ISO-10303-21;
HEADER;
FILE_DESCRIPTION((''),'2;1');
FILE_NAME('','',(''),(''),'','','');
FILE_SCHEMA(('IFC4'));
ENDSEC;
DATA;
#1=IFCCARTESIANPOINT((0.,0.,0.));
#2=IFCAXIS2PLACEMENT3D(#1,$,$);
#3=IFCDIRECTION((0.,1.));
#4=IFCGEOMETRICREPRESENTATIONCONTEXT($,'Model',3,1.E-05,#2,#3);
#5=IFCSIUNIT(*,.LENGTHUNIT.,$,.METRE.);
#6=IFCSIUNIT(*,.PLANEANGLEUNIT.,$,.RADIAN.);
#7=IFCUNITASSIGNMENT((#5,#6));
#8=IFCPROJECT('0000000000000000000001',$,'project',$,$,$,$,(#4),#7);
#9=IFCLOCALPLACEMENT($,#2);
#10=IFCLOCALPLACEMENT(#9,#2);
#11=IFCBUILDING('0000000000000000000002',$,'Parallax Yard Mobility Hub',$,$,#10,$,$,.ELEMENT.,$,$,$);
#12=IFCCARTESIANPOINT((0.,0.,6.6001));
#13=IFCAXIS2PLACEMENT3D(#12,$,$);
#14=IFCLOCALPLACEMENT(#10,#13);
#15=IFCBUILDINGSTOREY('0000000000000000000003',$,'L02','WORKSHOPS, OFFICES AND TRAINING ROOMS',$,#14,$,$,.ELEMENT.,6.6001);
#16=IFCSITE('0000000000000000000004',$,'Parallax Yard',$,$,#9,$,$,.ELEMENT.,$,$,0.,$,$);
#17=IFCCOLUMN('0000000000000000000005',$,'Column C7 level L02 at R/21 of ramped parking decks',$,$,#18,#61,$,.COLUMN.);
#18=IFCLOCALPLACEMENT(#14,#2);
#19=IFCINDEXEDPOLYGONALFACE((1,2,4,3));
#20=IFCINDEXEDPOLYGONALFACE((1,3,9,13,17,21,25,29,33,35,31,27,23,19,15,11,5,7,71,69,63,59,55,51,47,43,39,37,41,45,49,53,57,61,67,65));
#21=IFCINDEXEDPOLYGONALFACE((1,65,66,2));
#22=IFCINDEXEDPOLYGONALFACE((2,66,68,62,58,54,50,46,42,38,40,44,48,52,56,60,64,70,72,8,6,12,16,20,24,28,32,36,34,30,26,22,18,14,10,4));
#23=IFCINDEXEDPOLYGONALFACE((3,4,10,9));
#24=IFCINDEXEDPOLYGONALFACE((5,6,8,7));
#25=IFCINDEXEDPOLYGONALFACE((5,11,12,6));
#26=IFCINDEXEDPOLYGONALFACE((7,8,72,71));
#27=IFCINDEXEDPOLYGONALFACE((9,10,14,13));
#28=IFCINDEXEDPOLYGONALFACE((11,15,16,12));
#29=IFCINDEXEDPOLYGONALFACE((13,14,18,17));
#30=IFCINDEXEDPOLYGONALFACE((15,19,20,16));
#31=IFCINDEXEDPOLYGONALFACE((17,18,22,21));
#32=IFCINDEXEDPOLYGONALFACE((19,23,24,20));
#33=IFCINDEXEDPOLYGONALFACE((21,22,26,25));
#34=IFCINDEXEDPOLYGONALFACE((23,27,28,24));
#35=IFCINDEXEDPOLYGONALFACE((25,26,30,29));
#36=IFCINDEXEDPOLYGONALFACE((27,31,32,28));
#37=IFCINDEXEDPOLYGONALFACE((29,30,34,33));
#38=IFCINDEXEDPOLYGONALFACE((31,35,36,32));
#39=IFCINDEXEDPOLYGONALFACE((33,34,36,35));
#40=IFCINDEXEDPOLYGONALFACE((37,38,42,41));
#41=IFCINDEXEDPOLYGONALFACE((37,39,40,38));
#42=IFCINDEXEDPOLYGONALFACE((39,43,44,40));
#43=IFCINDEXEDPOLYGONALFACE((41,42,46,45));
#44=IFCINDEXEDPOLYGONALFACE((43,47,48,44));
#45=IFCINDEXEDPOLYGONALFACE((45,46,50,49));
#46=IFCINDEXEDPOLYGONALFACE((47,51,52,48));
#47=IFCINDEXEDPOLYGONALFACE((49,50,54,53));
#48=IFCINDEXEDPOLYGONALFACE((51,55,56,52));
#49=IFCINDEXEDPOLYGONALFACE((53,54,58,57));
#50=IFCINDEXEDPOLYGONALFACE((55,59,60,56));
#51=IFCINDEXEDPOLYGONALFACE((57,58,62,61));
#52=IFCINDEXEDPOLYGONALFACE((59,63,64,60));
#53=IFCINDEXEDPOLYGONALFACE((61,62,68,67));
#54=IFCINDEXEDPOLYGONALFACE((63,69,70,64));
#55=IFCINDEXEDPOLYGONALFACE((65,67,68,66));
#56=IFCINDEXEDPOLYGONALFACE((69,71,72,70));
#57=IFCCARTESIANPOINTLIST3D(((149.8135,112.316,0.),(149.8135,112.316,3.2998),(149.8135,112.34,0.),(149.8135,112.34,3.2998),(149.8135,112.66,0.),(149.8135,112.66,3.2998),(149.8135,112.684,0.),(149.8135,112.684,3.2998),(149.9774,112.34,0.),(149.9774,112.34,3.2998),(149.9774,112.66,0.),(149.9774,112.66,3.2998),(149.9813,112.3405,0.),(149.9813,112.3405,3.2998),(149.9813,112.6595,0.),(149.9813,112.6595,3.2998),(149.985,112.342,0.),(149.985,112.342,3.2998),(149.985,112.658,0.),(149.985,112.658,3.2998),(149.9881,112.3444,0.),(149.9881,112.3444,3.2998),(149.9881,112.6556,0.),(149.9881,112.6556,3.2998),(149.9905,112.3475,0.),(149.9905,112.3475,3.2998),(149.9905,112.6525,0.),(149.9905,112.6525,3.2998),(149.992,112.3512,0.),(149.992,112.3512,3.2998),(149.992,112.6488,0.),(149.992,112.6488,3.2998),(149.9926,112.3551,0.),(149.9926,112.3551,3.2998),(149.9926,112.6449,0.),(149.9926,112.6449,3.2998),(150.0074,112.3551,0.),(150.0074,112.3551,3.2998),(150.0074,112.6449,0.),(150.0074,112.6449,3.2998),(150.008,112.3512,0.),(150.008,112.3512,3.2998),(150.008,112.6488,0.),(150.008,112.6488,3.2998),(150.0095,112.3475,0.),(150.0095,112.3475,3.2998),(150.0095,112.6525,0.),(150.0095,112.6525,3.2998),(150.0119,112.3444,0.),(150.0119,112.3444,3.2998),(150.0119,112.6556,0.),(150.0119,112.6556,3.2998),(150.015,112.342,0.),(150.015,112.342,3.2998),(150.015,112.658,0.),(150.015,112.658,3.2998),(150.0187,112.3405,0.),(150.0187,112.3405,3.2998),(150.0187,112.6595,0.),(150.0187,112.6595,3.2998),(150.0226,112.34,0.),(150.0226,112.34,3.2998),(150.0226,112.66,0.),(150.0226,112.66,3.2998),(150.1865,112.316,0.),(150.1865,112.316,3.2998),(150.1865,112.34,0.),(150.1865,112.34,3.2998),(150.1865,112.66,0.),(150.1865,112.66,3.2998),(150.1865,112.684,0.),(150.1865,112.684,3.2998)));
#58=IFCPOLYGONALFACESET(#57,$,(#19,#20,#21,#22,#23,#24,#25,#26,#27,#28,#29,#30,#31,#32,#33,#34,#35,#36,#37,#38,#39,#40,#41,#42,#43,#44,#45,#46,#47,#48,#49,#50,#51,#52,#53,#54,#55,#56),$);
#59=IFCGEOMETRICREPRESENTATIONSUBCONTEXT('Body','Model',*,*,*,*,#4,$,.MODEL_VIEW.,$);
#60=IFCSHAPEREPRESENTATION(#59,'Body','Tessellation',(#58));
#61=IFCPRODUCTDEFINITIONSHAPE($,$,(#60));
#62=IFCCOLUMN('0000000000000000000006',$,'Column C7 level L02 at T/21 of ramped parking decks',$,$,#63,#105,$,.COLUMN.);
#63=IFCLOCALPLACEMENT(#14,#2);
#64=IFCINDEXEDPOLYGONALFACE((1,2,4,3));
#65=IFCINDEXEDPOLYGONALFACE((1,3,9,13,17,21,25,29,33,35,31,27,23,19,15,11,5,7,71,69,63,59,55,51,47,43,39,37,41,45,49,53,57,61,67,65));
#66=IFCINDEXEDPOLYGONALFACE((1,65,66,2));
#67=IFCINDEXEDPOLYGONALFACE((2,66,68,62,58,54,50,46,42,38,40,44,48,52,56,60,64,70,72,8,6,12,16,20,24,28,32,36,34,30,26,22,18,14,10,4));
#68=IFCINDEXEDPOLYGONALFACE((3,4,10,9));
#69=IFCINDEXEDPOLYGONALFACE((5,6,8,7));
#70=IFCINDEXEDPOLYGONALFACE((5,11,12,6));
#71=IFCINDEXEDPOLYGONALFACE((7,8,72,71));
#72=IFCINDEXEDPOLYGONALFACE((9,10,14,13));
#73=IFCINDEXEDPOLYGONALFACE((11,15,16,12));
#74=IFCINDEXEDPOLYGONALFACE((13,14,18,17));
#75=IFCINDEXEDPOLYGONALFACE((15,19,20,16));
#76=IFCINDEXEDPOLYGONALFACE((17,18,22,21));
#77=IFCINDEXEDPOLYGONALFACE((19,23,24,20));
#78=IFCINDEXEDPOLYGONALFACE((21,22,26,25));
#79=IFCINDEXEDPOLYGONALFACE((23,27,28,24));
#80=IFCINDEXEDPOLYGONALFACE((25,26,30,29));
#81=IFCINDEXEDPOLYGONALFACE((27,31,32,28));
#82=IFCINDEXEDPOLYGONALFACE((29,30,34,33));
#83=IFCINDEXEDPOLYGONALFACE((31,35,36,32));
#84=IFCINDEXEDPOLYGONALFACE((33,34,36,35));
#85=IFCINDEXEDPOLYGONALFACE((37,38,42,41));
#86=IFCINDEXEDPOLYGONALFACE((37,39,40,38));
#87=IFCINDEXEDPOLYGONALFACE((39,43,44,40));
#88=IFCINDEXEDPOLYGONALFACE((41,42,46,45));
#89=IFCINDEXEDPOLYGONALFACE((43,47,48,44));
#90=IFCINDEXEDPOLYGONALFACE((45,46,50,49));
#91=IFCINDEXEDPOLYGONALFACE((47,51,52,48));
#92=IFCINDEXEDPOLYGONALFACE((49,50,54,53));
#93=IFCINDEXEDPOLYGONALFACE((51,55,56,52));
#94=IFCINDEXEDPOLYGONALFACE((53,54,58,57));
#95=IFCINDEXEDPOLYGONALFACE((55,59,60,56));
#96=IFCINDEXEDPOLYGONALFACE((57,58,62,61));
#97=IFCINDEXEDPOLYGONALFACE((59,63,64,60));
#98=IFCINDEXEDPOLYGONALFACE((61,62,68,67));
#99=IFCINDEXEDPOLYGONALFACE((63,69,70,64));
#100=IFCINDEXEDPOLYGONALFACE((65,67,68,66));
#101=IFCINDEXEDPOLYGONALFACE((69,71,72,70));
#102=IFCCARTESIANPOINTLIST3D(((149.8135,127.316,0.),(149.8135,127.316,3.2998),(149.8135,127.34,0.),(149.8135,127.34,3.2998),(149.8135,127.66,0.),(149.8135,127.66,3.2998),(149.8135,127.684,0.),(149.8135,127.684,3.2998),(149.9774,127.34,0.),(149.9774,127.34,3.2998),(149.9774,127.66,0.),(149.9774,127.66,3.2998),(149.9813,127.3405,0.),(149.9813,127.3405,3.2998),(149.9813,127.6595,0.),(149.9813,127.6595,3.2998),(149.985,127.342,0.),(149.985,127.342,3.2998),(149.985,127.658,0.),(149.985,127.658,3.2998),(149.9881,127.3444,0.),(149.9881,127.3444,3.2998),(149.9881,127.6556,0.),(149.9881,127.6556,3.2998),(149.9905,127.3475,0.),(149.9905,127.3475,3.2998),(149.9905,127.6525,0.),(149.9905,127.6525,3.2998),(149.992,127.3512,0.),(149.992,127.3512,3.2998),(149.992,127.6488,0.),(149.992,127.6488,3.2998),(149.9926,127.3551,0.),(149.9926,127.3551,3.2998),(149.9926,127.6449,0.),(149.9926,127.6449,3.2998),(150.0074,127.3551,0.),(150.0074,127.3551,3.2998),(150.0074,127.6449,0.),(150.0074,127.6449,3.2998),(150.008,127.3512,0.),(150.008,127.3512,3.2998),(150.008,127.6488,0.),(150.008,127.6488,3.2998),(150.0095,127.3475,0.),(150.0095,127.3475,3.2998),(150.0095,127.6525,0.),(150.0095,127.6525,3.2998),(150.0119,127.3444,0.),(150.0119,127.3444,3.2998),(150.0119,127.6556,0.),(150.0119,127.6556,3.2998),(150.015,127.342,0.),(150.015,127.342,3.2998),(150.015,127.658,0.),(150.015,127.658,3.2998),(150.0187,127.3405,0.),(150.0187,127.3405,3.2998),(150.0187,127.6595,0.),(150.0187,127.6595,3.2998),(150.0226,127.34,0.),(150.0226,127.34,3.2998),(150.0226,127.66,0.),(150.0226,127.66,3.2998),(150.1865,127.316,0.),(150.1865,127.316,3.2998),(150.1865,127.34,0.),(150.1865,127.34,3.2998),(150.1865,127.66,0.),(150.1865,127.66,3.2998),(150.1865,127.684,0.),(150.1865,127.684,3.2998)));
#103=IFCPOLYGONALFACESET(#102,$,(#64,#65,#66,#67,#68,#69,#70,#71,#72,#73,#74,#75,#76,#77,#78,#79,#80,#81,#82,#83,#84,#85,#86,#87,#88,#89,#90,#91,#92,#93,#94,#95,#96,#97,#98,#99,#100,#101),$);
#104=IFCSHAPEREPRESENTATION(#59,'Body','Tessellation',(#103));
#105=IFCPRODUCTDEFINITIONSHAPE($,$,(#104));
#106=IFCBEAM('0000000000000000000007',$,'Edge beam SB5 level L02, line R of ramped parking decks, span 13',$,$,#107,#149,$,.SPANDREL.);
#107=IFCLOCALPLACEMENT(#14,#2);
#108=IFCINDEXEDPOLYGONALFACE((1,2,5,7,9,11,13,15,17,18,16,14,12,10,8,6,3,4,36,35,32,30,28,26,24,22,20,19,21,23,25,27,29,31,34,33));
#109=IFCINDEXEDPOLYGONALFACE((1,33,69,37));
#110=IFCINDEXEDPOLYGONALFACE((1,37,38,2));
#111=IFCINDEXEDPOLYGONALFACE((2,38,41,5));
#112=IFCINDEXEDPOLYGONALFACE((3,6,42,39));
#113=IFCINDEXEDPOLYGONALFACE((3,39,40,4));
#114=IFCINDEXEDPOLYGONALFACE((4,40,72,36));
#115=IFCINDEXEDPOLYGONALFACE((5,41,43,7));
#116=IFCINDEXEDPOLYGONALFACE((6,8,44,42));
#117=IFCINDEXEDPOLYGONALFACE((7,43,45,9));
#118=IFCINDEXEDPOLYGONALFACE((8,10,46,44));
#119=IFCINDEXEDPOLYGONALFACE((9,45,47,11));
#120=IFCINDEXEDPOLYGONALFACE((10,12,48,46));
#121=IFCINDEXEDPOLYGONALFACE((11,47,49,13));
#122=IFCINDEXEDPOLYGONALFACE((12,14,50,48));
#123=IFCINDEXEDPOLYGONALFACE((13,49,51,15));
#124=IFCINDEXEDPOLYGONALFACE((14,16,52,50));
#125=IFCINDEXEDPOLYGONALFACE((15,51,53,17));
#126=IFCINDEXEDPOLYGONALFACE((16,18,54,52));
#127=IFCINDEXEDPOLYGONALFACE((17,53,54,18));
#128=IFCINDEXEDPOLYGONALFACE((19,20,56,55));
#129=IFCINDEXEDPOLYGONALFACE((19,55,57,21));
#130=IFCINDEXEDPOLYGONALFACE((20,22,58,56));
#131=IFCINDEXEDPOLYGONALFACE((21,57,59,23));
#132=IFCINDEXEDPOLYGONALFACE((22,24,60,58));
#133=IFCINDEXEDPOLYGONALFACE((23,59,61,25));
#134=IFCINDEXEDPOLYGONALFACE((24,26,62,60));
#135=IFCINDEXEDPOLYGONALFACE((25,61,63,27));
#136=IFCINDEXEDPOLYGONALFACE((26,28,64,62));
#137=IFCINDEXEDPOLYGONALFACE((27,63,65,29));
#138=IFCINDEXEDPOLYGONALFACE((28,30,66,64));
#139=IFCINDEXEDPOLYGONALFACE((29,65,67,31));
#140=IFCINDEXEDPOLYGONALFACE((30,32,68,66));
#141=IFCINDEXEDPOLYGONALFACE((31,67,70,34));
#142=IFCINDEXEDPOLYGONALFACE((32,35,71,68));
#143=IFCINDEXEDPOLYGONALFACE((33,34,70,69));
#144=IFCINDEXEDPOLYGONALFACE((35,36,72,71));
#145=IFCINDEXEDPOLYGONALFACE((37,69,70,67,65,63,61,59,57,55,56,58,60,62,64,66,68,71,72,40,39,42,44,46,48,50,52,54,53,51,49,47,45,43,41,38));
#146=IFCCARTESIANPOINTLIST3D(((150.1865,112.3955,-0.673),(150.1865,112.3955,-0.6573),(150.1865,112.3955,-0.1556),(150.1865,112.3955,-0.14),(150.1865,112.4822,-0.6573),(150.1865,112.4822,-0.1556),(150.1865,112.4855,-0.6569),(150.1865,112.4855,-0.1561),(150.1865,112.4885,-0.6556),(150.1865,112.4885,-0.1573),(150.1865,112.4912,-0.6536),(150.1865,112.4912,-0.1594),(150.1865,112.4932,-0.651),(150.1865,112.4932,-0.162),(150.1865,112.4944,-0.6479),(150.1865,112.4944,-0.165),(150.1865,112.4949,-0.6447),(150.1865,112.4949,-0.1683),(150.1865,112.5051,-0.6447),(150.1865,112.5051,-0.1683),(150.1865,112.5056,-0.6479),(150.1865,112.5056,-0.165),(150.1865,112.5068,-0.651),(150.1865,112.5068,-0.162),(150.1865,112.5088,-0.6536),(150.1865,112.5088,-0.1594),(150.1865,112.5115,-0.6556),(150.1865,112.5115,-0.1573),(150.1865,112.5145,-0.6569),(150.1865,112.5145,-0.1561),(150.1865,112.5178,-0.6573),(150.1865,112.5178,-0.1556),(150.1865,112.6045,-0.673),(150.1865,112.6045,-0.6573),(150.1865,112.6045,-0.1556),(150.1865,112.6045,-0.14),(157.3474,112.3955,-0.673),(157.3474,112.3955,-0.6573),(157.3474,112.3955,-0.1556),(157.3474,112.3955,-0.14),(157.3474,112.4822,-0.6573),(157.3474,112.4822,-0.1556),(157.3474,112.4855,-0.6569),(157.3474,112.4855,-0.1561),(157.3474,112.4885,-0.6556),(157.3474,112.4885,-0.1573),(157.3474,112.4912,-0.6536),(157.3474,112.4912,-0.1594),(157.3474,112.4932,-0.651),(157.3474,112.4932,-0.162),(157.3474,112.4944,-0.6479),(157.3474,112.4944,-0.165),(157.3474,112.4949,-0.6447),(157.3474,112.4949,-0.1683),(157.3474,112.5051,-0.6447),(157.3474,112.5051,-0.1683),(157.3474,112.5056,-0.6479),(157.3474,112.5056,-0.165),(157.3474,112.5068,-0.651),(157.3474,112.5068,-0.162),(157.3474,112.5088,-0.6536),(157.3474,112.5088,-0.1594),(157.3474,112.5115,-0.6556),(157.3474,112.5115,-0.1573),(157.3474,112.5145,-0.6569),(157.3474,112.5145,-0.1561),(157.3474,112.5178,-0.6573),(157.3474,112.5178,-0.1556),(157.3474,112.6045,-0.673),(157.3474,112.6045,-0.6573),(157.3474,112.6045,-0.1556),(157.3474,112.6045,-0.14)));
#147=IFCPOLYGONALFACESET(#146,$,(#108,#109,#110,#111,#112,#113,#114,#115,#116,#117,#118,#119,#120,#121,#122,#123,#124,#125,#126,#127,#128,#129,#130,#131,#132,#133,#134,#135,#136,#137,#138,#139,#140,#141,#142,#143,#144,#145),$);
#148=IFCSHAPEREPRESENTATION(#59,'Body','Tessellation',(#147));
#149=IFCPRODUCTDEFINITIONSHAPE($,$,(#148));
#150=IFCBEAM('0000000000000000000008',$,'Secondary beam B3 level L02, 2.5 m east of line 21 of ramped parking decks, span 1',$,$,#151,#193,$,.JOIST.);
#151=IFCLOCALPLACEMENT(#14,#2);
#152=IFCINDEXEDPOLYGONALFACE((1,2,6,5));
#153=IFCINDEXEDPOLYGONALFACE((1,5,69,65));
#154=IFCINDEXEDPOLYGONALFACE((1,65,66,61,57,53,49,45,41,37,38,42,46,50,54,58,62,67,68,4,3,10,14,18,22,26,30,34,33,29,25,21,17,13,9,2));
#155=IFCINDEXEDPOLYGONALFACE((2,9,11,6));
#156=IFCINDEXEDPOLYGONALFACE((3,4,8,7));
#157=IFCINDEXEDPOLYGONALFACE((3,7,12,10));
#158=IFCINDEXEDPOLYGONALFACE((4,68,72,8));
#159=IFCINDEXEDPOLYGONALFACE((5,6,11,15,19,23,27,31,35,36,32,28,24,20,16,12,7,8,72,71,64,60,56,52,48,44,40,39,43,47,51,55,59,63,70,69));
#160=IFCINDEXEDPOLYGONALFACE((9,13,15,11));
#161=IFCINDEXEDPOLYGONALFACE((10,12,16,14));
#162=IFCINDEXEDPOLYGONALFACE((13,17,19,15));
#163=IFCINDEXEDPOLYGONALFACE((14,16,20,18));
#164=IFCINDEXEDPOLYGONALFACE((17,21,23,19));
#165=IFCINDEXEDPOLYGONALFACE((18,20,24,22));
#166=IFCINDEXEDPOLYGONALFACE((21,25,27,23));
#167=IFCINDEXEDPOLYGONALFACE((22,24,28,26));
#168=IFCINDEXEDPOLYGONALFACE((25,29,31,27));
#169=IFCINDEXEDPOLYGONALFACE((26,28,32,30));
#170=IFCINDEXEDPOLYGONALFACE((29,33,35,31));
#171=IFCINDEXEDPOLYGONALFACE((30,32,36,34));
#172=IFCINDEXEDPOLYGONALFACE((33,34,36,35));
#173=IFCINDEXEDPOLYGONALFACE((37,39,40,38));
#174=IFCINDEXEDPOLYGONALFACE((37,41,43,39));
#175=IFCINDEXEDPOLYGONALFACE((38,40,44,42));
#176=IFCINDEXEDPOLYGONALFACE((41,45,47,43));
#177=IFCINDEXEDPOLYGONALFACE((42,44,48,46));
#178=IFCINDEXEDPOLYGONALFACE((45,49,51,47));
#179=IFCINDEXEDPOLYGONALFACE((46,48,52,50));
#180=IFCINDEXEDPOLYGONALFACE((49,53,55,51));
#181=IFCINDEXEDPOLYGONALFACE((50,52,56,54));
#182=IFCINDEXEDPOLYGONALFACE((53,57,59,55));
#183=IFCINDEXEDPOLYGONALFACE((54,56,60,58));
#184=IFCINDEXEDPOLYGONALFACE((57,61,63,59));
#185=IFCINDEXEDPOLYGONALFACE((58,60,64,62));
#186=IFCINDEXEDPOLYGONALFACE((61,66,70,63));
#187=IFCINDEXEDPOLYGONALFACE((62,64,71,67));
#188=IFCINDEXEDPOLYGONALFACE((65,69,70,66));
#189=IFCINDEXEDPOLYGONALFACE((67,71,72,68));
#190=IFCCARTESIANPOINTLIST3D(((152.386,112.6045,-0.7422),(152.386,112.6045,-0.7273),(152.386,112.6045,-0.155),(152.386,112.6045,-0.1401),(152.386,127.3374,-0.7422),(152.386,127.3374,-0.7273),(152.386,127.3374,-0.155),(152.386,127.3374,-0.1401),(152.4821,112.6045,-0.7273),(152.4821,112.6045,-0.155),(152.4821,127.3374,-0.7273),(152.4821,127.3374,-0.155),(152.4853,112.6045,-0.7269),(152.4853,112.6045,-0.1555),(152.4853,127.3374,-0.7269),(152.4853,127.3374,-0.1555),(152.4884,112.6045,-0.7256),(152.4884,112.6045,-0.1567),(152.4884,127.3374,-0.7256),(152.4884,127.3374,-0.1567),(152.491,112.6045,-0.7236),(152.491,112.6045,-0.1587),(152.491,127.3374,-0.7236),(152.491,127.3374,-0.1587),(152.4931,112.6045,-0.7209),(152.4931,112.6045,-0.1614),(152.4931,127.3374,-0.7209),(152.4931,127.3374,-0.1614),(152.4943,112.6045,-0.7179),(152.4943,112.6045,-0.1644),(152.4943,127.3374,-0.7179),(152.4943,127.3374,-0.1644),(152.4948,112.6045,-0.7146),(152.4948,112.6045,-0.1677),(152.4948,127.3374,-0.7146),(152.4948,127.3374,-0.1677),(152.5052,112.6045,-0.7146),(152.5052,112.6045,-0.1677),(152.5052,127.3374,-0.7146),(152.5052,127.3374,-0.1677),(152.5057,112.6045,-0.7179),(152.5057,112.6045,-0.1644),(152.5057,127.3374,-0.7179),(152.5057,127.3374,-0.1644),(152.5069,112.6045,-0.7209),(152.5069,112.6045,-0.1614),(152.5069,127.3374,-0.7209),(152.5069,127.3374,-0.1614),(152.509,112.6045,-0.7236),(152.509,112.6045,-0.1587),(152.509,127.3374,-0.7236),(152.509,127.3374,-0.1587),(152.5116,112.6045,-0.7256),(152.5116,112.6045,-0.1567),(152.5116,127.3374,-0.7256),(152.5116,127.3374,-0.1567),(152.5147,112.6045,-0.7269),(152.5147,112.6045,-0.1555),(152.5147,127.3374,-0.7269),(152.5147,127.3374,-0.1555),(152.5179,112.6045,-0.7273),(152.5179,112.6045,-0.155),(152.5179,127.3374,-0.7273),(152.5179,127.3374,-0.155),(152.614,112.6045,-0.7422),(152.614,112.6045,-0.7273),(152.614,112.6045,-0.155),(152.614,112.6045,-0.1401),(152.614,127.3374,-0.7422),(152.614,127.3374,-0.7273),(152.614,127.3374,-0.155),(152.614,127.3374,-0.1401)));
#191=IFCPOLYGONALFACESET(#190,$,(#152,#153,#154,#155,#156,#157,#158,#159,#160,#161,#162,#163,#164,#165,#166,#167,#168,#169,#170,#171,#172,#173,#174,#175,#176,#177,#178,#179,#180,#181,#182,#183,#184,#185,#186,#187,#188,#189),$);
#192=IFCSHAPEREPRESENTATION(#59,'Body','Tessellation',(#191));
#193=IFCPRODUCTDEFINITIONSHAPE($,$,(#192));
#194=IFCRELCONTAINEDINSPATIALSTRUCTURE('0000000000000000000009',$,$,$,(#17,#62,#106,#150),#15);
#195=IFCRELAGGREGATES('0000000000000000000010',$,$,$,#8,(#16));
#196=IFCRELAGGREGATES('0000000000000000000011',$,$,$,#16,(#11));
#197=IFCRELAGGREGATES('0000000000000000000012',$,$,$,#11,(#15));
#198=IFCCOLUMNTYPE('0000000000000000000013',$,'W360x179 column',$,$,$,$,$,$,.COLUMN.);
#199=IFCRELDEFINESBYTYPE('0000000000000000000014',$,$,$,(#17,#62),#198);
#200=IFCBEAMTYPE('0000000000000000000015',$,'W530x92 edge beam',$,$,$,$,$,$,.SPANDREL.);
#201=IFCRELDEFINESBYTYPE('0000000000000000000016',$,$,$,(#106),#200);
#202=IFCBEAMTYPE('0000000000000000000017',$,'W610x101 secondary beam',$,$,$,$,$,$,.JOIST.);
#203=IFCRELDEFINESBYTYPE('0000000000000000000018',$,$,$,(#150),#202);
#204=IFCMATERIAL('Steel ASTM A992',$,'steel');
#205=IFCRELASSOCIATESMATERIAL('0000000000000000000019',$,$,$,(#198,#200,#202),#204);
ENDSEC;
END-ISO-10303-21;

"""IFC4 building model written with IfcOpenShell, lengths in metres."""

from ifc_helpers import new_model, si_unit, direction, frame, origin, origin_2d, place, context, subcontext, project, spatial, i_section, extrude, material, material_profile, profile_set, type_object, element, save


model = new_model("IFC4")

# Units and contexts
model_context = context("Model", 3, precision=1e-05, world=origin(), true_north=direction((0.0, 1.0)))
body_context = subcontext(model_context, "Body", "Model", "MODEL_VIEW")
ifc_project = project(units=[si_unit("LENGTHUNIT", "METRE"), si_unit("PLANEANGLEUNIT", "RADIAN")], contexts=[model_context])

# Site, building, storey
site_placement = place(None, origin())
site = spatial("IfcSite", under=ifc_project, at=site_placement, Name="Parallax Yard", CompositionType="ELEMENT", RefElevation=0.0)
building_placement = place(site_placement, origin())
building = spatial("IfcBuilding", under=site, at=building_placement, Name="Parallax Yard Mobility Hub", CompositionType="ELEMENT")
storey_placement = place(building_placement, frame((0.0, 0.0, 6.6001)))
storey = spatial("IfcBuildingStorey", under=building, at=storey_placement, Name="L02", Description="WORKSHOPS, OFFICES AND TRAINING ROOMS", CompositionType="ELEMENT", Elevation=6.6001)

# Columns
ifc_material_1 = material(Name="Steel ASTM A992", Category="steel")
ifc_material_profile_1 = material_profile(ifc_material_1, i_section(OverallWidth=0.373, OverallDepth=0.3679, WebThickness=0.0149, FlangeThickness=0.0239, FilletRadius=0.0151, at=origin_2d()), Name="W360x179")
ifc_profile_set_1 = profile_set([ifc_material_profile_1], Name="Steel ASTM A992")
column_type = type_object("IfcColumnType", Name="W360x179 column", PredefinedType="COLUMN", material=ifc_profile_set_1)
for number, where, z_axis, x_axis, name in (
    (1, (150.0, 112.5, 0.0), (0.0, 0.0, 1.0), (1.0, 0.0, 0.0), "Column C7 level L02 at R/21 of ramped parking decks"),
    (2, (150.0, 127.5, 0.0), (0.0, 0.0, 1.0), (1.0, 0.0, 0.0), "Column C7 level L02 at T/21 of ramped parking decks"),
):
    element("IfcColumn", number, at=place(storey_placement, frame(where, z_axis=z_axis, x_axis=x_axis)), inside=storey, type_object=column_type, Name=name, PredefinedType="COLUMN", context=body_context, shape_type="SweptSolid", body=[
        extrude(i_section(OverallWidth=0.373, OverallDepth=0.3679, WebThickness=0.0149, FlangeThickness=0.0239, FilletRadius=0.0151, at=origin_2d()), origin(), (0.0, 0.0, 1.0), 3.2998),
    ])

# Beams
ifc_material_profile_2 = material_profile(ifc_material_1, i_section(OverallWidth=0.209, OverallDepth=0.533, WebThickness=0.0103, FlangeThickness=0.0156, FilletRadius=0.0127, at=origin_2d()), Name="W530x92")
ifc_profile_set_2 = profile_set([ifc_material_profile_2], Name="Steel ASTM A992")
beam_type_1 = type_object("IfcBeamType", Name="W530x92 edge beam", PredefinedType="SPANDREL", material=ifc_profile_set_2)
beam_1_placement = place(storey_placement, frame((150.1865, 112.5, -0.4065), z_axis=(1.0, 0.0, 0.0), x_axis=(0.0, 1.0, 0.0)))
element("IfcBeam", 3, at=beam_1_placement, inside=storey, type_object=beam_type_1, Name="Edge beam SB5 level L02, line R of ramped parking decks, span 13", PredefinedType="SPANDREL", context=body_context, shape_type="SweptSolid", body=[
    extrude(i_section(OverallWidth=0.209, OverallDepth=0.533, WebThickness=0.0103, FlangeThickness=0.0156, FilletRadius=0.0127, at=origin_2d()), origin(), (0.0, 0.0, 1.0), 7.1609),
])
ifc_material_profile_3 = material_profile(ifc_material_1, i_section(OverallWidth=0.228, OverallDepth=0.6021, WebThickness=0.0105, FlangeThickness=0.0149, FilletRadius=0.0127, at=origin_2d()), Name="W610x101")
ifc_profile_set_3 = profile_set([ifc_material_profile_3], Name="Steel ASTM A992")
beam_type_2 = type_object("IfcBeamType", Name="W610x101 secondary beam", PredefinedType="JOIST", material=ifc_profile_set_3)
for number, where, z_axis, x_axis, name in (
    (4, (152.5, 112.6045, -0.4412), (0.0, 1.0, 0.0), (-1.0, 0.0, 0.0), "Secondary beam B3 level L02, 2.5 m east of line 21 of ramped parking decks, span 1"),
):
    element("IfcBeam", number, at=place(storey_placement, frame(where, z_axis=z_axis, x_axis=x_axis)), inside=storey, type_object=beam_type_2, Name=name, PredefinedType="JOIST", context=body_context, shape_type="SweptSolid", body=[
        extrude(i_section(OverallWidth=0.228, OverallDepth=0.6021, WebThickness=0.0105, FlangeThickness=0.0149, FilletRadius=0.0127, at=origin_2d()), origin(), (0.0, 0.0, 1.0), 14.7329),
    ])

save(model, "model.ifc")
